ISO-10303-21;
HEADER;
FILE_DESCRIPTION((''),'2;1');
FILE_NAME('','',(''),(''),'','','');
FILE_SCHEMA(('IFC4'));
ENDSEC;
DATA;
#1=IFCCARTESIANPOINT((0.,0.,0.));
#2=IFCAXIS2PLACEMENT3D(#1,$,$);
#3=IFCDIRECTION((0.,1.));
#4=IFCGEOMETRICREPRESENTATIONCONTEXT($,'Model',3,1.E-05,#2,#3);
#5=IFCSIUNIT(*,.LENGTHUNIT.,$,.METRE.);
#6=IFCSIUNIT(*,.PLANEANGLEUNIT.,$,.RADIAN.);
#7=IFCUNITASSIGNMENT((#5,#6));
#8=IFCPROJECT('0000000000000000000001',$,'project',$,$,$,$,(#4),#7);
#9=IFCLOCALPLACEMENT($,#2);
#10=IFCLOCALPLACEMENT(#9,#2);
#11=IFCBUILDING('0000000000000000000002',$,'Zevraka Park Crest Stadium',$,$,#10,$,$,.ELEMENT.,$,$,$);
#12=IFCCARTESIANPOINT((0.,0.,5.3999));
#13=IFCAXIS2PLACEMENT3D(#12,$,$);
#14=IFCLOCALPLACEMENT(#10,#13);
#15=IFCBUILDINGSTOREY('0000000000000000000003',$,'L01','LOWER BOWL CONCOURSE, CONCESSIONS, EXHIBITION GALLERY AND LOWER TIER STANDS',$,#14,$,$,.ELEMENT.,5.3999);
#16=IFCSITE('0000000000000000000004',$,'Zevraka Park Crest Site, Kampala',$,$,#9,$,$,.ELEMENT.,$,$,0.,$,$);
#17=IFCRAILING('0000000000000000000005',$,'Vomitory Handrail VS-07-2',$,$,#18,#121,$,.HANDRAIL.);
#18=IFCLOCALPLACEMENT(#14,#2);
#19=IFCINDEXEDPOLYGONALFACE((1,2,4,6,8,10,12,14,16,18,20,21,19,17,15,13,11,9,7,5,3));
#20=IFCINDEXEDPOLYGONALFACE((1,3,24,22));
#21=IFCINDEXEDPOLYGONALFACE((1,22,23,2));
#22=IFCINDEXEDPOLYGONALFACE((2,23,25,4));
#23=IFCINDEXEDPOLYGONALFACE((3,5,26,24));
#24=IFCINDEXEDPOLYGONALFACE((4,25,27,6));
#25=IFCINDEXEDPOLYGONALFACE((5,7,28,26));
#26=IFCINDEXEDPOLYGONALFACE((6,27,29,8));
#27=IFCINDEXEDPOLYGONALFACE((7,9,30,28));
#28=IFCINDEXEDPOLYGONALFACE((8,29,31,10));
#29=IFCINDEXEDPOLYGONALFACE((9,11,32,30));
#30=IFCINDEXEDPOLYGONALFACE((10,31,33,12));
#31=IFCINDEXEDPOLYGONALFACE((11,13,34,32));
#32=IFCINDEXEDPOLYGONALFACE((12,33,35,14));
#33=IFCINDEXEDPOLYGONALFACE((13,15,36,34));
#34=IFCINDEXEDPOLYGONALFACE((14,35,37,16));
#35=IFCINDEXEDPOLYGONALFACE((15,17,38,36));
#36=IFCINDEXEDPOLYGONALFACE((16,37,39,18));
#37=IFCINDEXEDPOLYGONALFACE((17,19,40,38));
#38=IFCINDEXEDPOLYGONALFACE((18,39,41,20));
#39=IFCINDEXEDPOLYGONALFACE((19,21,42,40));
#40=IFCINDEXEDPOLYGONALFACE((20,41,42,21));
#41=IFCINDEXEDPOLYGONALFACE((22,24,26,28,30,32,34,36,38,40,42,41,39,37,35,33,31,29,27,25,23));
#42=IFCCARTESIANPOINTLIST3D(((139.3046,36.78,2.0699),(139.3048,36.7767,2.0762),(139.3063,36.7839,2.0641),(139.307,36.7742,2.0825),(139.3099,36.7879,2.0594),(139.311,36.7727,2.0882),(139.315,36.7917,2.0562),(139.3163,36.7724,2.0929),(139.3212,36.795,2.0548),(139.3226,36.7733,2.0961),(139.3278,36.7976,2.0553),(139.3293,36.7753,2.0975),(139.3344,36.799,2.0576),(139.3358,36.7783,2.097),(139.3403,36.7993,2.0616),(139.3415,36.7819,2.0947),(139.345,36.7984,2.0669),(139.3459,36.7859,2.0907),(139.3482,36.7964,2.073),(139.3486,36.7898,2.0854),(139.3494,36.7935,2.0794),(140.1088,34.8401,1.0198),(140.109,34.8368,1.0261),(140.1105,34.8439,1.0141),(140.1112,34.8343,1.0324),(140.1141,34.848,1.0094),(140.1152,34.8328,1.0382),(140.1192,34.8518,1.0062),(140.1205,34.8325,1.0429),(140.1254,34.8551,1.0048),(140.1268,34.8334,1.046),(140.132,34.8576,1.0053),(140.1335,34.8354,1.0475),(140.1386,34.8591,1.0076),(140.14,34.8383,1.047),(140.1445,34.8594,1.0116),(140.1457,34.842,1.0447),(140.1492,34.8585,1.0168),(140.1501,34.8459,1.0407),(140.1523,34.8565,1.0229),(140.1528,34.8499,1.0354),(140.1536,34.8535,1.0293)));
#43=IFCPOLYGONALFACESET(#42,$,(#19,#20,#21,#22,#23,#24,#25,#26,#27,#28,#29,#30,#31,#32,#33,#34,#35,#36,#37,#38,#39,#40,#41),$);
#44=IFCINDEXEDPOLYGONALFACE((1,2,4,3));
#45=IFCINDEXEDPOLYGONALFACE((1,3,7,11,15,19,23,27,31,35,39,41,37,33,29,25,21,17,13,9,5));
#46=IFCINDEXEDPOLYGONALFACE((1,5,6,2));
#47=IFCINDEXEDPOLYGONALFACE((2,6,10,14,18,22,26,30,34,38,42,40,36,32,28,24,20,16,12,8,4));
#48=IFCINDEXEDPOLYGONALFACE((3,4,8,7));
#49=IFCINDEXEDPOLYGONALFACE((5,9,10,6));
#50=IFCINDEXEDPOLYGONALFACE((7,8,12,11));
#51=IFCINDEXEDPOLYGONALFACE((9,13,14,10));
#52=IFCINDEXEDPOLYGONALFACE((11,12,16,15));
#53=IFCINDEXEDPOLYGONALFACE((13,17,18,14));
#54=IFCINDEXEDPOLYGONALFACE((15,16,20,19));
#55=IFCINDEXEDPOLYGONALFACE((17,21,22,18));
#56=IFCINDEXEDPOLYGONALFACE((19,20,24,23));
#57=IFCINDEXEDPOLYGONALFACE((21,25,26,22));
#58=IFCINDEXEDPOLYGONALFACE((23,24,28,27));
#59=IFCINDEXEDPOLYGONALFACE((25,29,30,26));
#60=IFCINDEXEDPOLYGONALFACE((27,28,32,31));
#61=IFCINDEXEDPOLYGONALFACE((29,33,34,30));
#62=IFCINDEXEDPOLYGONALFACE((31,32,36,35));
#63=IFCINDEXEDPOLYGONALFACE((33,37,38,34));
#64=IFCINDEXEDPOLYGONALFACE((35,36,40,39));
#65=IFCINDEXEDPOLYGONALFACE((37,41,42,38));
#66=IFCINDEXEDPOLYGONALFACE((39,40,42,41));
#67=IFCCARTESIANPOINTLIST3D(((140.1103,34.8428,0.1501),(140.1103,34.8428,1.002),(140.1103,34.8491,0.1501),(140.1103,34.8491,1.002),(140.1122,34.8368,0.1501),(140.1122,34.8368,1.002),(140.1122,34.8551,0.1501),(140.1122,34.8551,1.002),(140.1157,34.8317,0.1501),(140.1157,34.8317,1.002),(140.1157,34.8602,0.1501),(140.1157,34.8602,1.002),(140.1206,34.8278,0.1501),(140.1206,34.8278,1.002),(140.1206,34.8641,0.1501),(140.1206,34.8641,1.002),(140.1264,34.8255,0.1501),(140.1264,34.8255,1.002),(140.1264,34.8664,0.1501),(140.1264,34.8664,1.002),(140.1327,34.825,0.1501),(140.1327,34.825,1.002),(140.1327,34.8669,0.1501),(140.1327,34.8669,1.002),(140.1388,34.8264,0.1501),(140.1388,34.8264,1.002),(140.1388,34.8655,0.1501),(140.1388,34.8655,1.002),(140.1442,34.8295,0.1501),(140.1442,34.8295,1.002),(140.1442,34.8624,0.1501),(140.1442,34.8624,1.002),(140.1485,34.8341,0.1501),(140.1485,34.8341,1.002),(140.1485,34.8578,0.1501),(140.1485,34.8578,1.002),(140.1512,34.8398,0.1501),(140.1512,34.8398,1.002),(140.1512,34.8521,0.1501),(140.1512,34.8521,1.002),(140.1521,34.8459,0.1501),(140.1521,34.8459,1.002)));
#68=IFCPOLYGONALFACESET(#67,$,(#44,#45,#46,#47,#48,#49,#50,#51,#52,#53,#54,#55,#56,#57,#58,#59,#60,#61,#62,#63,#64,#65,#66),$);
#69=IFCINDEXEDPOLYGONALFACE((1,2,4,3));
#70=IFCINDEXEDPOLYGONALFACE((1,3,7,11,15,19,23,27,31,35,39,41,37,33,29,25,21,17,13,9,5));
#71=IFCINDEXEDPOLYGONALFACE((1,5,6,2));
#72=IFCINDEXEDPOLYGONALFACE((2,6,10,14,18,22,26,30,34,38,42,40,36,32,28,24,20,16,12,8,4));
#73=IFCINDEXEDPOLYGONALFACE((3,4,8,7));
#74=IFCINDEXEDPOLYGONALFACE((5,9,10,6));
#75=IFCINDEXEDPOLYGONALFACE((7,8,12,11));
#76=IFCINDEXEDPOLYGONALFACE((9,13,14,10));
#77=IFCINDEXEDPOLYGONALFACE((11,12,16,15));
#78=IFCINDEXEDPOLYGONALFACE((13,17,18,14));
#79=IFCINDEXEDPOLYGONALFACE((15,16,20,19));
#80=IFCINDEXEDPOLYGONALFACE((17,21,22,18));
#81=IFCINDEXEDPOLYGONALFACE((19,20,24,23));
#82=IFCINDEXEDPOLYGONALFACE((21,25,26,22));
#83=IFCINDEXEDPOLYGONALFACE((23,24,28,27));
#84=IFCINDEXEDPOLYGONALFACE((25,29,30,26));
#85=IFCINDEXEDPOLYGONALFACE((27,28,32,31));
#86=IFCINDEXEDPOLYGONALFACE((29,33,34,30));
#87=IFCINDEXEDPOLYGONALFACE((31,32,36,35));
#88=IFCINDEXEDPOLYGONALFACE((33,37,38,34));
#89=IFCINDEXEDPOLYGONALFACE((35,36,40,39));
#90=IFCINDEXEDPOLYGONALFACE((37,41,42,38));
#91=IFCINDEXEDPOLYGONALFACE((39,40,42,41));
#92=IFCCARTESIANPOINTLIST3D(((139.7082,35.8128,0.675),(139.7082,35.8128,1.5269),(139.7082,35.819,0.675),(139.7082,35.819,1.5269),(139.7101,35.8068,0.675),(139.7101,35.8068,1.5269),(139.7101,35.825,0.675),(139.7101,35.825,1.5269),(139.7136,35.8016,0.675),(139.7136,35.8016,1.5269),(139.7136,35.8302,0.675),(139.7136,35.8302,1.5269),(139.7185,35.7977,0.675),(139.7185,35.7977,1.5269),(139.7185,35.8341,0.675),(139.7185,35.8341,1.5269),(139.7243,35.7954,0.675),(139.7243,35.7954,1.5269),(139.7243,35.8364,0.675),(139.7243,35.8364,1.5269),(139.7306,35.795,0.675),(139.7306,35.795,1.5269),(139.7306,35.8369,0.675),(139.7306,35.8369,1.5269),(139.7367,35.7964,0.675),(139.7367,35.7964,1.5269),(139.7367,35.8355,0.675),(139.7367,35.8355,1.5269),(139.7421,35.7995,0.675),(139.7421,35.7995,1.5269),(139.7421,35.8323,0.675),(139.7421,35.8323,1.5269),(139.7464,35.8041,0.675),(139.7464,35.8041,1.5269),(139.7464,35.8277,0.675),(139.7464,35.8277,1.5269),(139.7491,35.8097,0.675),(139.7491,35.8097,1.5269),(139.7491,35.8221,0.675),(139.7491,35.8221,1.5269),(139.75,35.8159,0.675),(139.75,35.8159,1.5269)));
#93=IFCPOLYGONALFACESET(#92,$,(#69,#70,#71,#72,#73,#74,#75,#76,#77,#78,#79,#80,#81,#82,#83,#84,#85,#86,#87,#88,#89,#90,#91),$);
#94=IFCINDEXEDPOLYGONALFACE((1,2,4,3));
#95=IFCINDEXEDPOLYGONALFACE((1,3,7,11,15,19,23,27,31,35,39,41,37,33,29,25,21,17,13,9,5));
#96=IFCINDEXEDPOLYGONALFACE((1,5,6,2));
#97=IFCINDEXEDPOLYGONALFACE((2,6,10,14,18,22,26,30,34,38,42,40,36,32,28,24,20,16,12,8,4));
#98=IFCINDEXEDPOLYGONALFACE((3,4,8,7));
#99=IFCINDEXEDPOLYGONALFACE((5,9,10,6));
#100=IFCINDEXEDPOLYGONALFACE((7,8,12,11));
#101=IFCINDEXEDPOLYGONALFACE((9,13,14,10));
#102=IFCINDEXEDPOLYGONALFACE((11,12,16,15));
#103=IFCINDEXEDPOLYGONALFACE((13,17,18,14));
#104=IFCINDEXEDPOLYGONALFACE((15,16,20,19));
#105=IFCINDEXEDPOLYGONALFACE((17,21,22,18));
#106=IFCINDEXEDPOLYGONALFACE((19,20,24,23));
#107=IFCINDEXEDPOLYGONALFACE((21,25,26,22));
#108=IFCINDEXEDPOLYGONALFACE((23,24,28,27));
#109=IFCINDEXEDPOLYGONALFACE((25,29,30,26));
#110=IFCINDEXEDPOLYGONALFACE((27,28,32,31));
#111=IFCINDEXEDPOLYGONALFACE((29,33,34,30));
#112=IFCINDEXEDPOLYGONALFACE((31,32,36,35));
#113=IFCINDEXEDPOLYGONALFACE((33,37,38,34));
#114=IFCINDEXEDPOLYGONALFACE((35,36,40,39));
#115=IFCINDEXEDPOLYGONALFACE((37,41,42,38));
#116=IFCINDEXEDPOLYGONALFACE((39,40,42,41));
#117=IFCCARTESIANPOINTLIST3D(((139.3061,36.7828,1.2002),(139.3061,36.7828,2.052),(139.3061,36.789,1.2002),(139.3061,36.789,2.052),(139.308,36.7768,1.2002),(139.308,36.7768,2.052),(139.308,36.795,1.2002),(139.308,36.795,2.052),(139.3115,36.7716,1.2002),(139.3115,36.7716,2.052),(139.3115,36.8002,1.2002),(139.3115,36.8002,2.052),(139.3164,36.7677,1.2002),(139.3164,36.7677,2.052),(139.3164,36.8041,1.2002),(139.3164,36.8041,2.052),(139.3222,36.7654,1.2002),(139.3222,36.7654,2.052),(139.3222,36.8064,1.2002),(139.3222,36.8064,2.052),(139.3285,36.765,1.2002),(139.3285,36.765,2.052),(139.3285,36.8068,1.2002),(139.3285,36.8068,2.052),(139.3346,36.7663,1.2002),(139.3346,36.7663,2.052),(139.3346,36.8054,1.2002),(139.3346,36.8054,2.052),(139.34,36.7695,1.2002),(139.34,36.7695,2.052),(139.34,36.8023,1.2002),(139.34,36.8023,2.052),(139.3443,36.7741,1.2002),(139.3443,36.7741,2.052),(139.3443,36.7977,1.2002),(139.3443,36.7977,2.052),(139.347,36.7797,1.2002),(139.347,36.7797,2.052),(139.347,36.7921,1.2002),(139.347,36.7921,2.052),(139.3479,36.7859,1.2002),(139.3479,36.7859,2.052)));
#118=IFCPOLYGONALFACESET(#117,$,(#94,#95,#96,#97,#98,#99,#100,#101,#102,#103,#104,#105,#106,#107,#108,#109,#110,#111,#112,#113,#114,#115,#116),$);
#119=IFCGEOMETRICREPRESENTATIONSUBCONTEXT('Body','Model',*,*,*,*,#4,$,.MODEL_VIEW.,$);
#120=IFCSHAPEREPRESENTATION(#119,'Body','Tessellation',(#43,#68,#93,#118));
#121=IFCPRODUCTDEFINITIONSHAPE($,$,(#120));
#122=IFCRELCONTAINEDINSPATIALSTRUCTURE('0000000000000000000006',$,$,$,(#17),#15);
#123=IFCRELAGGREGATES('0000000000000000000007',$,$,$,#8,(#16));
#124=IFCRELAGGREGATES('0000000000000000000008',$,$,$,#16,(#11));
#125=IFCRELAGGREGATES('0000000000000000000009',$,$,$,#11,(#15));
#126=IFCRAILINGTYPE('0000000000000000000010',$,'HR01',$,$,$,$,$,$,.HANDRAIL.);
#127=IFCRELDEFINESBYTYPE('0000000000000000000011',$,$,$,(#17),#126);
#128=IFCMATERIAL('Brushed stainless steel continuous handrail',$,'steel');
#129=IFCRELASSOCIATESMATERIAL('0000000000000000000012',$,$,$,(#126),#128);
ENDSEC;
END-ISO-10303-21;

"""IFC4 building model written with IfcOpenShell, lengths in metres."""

from ifc_helpers import new_model, si_unit, direction, frame, origin, origin_2d, place, context, subcontext, project, spatial, circle, extrude, material, type_object, element, save


model = new_model("IFC4")

# Units and contexts
model_context = context("Model", 3, precision=1e-05, world=origin(), true_north=direction((0.0, 1.0)))
body_context = subcontext(model_context, "Body", "Model", "MODEL_VIEW")
ifc_project = project(units=[si_unit("LENGTHUNIT", "METRE"), si_unit("PLANEANGLEUNIT", "RADIAN")], contexts=[model_context])

# Site, building, storey
site_placement = place(None, origin())
site = spatial("IfcSite", under=ifc_project, at=site_placement, Name="Zevraka Park Crest Site, Kampala", CompositionType="ELEMENT", RefElevation=0.0)
building_placement = place(site_placement, origin())
building = spatial("IfcBuilding", under=site, at=building_placement, Name="Zevraka Park Crest Stadium", CompositionType="ELEMENT")
storey_placement = place(building_placement, frame((0.0, 0.0, 5.3999)))
storey = spatial("IfcBuildingStorey", under=building, at=storey_placement, Name="L01", Description="LOWER BOWL CONCOURSE, CONCESSIONS, EXHIBITION GALLERY AND LOWER TIER STANDS", CompositionType="ELEMENT", Elevation=5.3999)

# Railing
ifc_material_1 = material(Name="Brushed stainless steel continuous handrail", Category="steel")
railing_type_1 = type_object("IfcRailingType", Name="HR01", PredefinedType="HANDRAIL", material=ifc_material_1)
railing_1_placement = place(storey_placement, frame((140.1311, 34.8459, 0.1501)))
element("IfcRailing", 1, at=railing_1_placement, inside=storey, type_object=railing_type_1, Name="Vomitory Handrail VS-07-2", PredefinedType="HANDRAIL", context=body_context, shape_type="SweptSolid", body=[
    extrude(circle(Radius=0.0239, at=origin_2d()), frame((0.0, 0.0, 0.876), z_axis=(-0.342516, 0.82624, 0.447226), x_axis=(-0.92377, -0.382947, 0.0)), (0.0, 0.0, 1.0), 2.3479),
    extrude(circle(Radius=0.021, at=origin_2d()), origin(), (0.0, 0.0, 1.0), 0.8518),
    extrude(circle(Radius=0.021, at=origin_2d()), frame((-0.4021, 0.97, 0.5249)), (0.0, 0.0, 1.0), 0.8518),
    extrude(circle(Radius=0.021, at=origin_2d()), frame((-0.8042, 1.9399, 1.05)), (0.0, 0.0, 1.0), 0.8518),
])

save(model, "model.ifc")
